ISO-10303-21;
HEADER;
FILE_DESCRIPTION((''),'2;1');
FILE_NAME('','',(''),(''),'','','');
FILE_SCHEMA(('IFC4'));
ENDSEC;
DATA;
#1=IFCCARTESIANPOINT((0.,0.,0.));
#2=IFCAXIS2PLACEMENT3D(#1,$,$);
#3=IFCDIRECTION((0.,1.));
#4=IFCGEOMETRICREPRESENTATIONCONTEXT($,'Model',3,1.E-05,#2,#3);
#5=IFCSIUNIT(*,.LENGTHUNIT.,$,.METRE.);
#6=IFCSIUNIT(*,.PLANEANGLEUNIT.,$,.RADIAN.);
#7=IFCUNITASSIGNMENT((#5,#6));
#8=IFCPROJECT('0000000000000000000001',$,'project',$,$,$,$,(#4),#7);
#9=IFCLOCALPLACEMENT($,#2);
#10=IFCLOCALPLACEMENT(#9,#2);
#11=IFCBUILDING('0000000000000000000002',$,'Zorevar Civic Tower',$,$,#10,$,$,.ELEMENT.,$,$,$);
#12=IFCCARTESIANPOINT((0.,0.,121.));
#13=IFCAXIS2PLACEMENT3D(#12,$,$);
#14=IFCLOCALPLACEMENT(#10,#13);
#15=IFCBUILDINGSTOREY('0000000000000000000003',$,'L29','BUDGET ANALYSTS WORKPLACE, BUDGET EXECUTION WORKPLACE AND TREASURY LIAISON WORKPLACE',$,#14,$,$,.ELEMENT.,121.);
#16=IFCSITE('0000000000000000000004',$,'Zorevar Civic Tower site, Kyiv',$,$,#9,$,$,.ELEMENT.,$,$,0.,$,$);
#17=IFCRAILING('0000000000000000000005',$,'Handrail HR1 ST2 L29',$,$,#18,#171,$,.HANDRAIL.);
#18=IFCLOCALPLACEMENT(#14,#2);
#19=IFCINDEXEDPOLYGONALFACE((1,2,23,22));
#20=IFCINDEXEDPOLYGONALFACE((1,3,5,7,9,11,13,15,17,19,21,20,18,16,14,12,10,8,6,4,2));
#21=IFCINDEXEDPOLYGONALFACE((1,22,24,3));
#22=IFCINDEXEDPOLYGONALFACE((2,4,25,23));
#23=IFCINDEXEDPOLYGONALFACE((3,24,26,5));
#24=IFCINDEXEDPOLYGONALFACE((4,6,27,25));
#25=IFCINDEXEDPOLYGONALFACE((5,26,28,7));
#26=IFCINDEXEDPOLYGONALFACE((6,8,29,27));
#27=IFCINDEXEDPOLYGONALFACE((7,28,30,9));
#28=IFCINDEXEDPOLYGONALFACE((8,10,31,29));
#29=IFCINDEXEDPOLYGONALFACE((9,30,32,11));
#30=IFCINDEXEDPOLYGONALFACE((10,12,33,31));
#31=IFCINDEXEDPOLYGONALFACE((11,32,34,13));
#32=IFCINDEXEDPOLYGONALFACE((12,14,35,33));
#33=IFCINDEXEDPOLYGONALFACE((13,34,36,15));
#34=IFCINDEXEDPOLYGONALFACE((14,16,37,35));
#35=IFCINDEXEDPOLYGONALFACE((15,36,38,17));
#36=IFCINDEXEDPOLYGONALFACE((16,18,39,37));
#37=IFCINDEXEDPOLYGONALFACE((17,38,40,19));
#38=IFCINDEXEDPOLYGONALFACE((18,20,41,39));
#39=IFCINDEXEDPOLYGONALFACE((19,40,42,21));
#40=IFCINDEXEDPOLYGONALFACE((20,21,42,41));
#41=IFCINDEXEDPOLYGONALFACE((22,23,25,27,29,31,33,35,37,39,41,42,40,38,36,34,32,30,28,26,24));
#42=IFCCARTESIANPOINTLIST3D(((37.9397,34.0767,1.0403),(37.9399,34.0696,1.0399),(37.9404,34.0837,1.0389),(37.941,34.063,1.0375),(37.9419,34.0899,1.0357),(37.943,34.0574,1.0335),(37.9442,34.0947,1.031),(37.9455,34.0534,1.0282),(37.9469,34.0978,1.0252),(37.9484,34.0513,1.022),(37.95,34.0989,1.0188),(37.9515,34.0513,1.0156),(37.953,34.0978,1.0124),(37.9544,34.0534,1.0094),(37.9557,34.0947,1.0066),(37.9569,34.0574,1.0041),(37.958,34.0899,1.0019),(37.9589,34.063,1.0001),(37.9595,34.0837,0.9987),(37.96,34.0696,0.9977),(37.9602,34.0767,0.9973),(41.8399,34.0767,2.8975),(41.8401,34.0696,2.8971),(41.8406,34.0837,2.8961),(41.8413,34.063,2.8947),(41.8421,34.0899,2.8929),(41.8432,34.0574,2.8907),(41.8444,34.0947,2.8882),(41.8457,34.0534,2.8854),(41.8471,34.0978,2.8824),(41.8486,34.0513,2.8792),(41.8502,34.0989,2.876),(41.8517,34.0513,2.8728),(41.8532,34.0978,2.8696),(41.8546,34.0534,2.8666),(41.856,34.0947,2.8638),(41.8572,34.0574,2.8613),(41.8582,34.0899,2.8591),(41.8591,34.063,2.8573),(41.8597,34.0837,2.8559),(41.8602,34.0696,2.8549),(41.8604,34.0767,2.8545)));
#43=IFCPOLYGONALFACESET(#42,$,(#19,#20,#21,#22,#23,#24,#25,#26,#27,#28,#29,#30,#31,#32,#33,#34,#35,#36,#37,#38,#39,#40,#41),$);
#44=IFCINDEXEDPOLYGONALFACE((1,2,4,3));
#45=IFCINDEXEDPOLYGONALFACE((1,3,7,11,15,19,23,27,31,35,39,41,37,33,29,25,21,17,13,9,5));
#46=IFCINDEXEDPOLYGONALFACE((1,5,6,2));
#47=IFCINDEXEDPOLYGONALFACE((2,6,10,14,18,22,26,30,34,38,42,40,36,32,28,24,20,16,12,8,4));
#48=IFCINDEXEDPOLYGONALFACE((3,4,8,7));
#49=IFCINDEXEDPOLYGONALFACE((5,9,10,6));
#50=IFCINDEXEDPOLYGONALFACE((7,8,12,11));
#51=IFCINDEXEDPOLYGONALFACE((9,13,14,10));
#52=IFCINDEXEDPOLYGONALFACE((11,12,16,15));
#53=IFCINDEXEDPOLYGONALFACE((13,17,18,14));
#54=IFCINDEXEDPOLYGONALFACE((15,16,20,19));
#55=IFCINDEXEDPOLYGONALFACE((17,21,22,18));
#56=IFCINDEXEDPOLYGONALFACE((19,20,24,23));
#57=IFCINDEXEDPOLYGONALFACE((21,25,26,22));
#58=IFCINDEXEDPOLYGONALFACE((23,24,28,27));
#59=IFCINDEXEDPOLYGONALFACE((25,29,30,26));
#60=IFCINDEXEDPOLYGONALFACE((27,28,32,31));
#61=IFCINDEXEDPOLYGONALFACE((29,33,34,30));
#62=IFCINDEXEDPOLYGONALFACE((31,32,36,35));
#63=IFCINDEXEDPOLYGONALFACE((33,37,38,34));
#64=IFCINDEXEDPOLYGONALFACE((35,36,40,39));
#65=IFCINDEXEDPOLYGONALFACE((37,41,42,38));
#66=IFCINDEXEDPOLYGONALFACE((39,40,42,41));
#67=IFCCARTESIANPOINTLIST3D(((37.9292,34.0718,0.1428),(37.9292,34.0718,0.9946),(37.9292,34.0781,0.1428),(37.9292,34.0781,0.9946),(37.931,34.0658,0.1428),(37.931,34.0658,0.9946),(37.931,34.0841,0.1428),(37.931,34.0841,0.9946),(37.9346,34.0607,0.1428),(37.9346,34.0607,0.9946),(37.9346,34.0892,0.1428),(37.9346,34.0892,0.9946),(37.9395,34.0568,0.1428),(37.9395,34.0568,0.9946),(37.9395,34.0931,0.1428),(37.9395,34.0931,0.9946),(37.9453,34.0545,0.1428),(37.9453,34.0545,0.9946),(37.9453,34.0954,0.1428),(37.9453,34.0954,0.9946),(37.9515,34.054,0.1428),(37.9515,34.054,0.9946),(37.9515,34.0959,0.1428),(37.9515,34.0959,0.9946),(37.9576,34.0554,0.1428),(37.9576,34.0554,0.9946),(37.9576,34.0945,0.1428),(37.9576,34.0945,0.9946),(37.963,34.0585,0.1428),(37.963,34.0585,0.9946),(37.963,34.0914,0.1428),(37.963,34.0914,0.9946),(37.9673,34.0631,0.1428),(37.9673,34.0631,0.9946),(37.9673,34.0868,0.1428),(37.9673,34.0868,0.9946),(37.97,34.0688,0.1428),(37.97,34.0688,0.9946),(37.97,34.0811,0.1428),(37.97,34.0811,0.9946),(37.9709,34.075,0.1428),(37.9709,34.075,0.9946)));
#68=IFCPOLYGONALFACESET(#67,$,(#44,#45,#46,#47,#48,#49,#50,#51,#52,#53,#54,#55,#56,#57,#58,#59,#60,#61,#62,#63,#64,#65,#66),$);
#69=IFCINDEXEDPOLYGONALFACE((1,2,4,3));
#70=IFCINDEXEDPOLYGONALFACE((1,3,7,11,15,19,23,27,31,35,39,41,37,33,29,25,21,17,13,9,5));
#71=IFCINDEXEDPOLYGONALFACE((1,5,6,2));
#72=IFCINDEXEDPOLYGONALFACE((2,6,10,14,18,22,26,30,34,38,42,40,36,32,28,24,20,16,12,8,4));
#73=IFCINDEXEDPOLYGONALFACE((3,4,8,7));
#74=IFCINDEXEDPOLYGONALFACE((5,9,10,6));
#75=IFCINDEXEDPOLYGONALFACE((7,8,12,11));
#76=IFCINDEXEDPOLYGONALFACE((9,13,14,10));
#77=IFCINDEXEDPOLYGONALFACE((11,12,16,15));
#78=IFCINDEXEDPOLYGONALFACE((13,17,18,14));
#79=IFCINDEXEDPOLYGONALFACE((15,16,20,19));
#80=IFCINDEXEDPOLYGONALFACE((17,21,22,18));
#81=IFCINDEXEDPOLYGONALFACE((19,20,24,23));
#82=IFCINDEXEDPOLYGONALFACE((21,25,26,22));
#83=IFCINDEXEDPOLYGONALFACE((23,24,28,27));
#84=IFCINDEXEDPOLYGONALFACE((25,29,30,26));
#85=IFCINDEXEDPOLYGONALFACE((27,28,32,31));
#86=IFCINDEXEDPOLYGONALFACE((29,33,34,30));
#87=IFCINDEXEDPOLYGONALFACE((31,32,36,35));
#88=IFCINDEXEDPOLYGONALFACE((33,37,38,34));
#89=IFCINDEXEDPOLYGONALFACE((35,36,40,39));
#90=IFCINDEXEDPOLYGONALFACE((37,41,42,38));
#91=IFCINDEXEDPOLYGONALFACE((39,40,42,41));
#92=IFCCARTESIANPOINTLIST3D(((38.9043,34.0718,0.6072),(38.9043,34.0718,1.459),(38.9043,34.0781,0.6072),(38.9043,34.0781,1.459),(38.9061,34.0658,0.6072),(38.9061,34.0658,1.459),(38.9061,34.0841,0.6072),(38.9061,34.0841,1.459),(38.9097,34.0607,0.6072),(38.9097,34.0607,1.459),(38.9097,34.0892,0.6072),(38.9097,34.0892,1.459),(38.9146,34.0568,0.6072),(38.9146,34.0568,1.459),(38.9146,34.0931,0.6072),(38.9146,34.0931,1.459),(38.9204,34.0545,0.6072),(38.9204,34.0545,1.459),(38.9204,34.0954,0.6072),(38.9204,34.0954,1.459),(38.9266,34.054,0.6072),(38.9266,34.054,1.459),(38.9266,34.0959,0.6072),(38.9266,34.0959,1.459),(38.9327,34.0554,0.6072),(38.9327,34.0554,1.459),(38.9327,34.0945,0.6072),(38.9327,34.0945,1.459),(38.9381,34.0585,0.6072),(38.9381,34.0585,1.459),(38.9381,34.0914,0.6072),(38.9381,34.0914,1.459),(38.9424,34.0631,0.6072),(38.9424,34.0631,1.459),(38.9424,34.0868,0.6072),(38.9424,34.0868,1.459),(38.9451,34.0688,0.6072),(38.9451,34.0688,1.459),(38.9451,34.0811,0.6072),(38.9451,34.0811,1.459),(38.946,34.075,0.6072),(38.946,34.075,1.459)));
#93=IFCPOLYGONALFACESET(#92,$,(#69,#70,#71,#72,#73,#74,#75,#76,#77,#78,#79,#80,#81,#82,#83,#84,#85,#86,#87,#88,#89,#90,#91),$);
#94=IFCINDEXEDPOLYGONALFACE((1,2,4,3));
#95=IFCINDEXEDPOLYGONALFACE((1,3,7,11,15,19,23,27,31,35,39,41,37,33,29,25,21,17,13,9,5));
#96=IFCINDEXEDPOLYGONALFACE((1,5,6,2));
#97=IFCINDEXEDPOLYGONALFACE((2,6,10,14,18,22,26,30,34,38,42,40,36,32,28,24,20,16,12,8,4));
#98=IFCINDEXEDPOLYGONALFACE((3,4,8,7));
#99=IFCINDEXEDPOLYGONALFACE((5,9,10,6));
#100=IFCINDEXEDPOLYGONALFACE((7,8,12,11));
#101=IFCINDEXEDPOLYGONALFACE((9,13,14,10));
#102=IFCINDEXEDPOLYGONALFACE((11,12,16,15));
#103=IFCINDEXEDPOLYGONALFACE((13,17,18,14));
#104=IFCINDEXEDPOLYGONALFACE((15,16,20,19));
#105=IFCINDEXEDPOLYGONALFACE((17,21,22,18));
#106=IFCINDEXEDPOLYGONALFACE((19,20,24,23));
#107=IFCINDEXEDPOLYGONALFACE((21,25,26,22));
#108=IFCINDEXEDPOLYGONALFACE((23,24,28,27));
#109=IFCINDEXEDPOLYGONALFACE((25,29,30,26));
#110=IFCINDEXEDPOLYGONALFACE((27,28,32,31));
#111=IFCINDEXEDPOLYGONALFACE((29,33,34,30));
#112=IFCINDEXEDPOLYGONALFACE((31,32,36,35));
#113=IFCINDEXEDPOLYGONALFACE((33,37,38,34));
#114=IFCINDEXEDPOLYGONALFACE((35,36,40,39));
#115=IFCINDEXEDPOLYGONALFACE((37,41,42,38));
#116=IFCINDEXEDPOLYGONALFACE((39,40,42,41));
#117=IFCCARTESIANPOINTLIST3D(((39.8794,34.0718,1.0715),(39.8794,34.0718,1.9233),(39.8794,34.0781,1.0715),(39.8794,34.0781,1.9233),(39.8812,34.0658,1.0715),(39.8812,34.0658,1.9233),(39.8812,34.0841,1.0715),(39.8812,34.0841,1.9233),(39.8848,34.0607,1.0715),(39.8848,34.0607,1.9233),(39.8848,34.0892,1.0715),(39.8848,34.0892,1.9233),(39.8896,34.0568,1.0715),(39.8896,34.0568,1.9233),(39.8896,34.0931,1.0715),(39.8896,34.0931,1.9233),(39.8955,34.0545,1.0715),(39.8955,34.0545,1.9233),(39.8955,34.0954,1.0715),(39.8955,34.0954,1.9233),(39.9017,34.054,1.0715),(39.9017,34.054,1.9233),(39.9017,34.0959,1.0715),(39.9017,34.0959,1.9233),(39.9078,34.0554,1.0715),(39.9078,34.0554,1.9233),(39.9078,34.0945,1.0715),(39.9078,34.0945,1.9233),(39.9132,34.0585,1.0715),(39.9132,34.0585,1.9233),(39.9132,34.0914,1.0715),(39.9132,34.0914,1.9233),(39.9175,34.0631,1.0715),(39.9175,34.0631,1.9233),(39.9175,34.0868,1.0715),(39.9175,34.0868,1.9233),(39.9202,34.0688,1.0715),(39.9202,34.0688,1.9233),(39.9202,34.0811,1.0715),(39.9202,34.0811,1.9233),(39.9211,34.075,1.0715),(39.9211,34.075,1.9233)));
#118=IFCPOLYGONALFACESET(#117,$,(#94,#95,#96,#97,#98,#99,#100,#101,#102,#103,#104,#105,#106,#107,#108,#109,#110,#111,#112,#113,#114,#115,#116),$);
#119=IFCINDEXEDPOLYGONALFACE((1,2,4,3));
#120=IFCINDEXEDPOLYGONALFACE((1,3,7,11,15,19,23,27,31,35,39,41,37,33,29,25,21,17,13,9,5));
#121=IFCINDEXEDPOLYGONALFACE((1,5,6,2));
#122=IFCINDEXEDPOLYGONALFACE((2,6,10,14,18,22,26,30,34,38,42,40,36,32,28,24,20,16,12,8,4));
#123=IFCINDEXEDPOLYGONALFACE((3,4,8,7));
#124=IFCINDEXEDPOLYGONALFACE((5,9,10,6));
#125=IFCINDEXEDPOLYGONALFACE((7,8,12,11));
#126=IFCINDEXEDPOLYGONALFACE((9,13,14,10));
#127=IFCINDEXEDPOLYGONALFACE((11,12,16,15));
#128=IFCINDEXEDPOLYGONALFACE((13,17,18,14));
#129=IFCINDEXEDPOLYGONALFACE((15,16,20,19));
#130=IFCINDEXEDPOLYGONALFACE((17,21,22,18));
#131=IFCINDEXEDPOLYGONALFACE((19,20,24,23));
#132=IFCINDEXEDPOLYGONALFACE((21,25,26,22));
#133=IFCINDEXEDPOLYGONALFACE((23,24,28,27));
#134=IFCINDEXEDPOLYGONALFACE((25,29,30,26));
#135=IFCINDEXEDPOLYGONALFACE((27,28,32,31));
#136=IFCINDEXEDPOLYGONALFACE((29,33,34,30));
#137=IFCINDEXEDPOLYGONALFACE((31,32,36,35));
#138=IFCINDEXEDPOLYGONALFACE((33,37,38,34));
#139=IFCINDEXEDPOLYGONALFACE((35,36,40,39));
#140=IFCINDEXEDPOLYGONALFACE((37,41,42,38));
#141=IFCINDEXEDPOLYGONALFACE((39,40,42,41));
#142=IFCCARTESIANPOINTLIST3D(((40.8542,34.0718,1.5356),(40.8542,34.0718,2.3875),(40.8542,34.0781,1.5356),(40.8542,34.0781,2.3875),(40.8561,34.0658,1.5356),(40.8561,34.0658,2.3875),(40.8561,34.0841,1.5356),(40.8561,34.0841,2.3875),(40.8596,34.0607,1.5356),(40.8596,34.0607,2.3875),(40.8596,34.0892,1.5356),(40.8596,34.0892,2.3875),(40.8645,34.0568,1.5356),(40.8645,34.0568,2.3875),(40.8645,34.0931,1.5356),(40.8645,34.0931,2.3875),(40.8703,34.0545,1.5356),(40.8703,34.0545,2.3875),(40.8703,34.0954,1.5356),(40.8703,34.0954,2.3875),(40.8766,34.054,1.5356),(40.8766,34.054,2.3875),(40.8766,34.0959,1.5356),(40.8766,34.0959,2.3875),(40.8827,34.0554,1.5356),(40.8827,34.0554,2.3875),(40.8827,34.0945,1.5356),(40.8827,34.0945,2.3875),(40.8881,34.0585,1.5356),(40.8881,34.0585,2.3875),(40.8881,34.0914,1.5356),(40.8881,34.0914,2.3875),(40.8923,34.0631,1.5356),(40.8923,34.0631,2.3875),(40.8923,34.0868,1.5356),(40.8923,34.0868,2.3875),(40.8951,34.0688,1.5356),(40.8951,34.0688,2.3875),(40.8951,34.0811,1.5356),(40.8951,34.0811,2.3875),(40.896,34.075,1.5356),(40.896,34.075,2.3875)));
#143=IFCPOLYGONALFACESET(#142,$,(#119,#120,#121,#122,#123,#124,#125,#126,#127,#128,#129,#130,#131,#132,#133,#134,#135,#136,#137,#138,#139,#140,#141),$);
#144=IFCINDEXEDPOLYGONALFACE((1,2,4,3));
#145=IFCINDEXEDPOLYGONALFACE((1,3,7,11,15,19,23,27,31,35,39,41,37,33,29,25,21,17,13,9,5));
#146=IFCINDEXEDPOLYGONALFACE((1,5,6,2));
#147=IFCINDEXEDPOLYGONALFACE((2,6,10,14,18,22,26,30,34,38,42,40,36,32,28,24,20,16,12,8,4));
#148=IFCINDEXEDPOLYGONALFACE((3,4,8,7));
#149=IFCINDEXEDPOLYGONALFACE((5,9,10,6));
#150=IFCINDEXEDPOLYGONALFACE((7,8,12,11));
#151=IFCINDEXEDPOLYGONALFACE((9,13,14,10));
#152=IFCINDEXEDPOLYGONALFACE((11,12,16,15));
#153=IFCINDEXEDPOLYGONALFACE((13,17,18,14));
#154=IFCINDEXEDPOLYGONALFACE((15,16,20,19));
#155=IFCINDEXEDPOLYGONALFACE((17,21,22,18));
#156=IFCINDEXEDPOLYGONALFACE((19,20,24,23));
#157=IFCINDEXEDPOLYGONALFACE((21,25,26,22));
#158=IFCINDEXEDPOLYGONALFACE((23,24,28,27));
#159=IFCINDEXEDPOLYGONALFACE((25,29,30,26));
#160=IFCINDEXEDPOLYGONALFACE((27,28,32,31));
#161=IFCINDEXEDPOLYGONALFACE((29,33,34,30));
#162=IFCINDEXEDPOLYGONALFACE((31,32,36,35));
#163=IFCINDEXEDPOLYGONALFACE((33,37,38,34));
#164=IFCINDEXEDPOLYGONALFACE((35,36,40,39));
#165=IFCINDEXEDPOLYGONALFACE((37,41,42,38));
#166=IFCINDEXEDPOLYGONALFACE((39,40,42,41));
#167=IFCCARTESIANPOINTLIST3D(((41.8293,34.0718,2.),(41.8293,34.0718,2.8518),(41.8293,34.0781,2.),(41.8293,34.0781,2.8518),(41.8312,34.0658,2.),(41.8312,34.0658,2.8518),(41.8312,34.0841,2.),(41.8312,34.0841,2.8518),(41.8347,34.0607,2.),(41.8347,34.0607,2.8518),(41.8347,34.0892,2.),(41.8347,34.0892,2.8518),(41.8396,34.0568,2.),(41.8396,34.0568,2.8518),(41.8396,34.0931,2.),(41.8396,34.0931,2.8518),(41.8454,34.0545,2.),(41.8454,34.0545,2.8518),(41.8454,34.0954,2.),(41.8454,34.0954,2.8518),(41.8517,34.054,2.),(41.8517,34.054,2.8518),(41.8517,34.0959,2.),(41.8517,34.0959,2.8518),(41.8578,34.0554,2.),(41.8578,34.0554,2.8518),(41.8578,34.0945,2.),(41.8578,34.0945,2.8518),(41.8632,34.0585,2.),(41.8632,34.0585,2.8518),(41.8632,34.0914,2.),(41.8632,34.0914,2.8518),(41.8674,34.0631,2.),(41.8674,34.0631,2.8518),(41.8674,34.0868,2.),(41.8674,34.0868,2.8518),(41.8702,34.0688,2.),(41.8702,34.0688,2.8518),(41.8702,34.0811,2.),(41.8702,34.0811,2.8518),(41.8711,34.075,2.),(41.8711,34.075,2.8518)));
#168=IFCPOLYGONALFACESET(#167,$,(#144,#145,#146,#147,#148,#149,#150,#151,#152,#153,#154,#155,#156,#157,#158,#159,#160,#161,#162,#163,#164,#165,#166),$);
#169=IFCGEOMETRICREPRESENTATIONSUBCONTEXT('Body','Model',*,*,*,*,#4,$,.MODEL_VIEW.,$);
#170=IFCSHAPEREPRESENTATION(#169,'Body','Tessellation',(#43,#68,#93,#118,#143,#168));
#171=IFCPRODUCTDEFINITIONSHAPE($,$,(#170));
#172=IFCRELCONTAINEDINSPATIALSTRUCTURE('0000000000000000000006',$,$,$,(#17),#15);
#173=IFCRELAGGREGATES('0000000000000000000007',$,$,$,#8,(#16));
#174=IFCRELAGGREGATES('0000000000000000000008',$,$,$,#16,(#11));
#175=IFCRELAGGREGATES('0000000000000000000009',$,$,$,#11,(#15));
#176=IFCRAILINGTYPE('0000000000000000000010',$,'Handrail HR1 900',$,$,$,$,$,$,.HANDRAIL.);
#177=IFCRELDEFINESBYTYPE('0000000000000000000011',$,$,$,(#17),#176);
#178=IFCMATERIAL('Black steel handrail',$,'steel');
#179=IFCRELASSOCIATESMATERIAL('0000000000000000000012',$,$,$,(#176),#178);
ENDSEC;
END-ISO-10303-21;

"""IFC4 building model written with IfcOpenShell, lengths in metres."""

from ifc_helpers import new_model, si_unit, direction, frame, origin, origin_2d, place, context, subcontext, project, spatial, circle, extrude, material, type_object, element, save


model = new_model("IFC4")

# Units and contexts
model_context = context("Model", 3, precision=1e-05, world=origin(), true_north=direction((0.0, 1.0)))
body_context = subcontext(model_context, "Body", "Model", "MODEL_VIEW")
ifc_project = project(units=[si_unit("LENGTHUNIT", "METRE"), si_unit("PLANEANGLEUNIT", "RADIAN")], contexts=[model_context])

# Site, building, storey
site_placement = place(None, origin())
site = spatial("IfcSite", under=ifc_project, at=site_placement, Name="Zorevar Civic Tower site, Kyiv", CompositionType="ELEMENT", RefElevation=0.0)
building_placement = place(site_placement, origin())
building = spatial("IfcBuilding", under=site, at=building_placement, Name="Zorevar Civic Tower", CompositionType="ELEMENT")
storey_placement = place(building_placement, frame((0.0, 0.0, 121.0)))
storey = spatial("IfcBuildingStorey", under=building, at=storey_placement, Name="L29", Description="BUDGET ANALYSTS WORKPLACE, BUDGET EXECUTION WORKPLACE AND TREASURY LIAISON WORKPLACE", CompositionType="ELEMENT", Elevation=121.0)

# Railing
ifc_material_1 = material(Name="Black steel handrail", Category="steel")
railing_type = type_object("IfcRailingType", Name="Handrail HR1 900", PredefinedType="HANDRAIL", material=ifc_material_1)
railing_1_placement = place(storey_placement, frame((37.95, 34.075, 0.1428)))
element("IfcRailing", 1, at=railing_1_placement, inside=storey, type_object=railing_type, Name="Handrail HR1 ST2 L29", PredefinedType="HANDRAIL", context=body_context, shape_type="SweptSolid", body=[
    extrude(circle(Radius=0.0239, at=origin_2d()), frame((0.0, 0.0, 0.876), z_axis=(0.902864, 0.0, 0.429927), x_axis=(0.0, 1.0, 0.0)), (0.0, 0.0, 1.0), 4.3198),
    extrude(circle(Radius=0.021, at=origin_2d()), origin(), (0.0, 0.0, 1.0), 0.8518),
    extrude(circle(Radius=0.021, at=origin_2d()), frame((0.9751, 0.0, 0.4644)), (0.0, 0.0, 1.0), 0.8518),
    extrude(circle(Radius=0.021, at=origin_2d()), frame((1.9502, 0.0, 0.9287)), (0.0, 0.0, 1.0), 0.8518),
    extrude(circle(Radius=0.021, at=origin_2d()), frame((2.925, 0.0, 1.3928)), (0.0, 0.0, 1.0), 0.8518),
    extrude(circle(Radius=0.021, at=origin_2d()), frame((3.9001, 0.0, 1.8572)), (0.0, 0.0, 1.0), 0.8518),
])

save(model, "model.ifc")
